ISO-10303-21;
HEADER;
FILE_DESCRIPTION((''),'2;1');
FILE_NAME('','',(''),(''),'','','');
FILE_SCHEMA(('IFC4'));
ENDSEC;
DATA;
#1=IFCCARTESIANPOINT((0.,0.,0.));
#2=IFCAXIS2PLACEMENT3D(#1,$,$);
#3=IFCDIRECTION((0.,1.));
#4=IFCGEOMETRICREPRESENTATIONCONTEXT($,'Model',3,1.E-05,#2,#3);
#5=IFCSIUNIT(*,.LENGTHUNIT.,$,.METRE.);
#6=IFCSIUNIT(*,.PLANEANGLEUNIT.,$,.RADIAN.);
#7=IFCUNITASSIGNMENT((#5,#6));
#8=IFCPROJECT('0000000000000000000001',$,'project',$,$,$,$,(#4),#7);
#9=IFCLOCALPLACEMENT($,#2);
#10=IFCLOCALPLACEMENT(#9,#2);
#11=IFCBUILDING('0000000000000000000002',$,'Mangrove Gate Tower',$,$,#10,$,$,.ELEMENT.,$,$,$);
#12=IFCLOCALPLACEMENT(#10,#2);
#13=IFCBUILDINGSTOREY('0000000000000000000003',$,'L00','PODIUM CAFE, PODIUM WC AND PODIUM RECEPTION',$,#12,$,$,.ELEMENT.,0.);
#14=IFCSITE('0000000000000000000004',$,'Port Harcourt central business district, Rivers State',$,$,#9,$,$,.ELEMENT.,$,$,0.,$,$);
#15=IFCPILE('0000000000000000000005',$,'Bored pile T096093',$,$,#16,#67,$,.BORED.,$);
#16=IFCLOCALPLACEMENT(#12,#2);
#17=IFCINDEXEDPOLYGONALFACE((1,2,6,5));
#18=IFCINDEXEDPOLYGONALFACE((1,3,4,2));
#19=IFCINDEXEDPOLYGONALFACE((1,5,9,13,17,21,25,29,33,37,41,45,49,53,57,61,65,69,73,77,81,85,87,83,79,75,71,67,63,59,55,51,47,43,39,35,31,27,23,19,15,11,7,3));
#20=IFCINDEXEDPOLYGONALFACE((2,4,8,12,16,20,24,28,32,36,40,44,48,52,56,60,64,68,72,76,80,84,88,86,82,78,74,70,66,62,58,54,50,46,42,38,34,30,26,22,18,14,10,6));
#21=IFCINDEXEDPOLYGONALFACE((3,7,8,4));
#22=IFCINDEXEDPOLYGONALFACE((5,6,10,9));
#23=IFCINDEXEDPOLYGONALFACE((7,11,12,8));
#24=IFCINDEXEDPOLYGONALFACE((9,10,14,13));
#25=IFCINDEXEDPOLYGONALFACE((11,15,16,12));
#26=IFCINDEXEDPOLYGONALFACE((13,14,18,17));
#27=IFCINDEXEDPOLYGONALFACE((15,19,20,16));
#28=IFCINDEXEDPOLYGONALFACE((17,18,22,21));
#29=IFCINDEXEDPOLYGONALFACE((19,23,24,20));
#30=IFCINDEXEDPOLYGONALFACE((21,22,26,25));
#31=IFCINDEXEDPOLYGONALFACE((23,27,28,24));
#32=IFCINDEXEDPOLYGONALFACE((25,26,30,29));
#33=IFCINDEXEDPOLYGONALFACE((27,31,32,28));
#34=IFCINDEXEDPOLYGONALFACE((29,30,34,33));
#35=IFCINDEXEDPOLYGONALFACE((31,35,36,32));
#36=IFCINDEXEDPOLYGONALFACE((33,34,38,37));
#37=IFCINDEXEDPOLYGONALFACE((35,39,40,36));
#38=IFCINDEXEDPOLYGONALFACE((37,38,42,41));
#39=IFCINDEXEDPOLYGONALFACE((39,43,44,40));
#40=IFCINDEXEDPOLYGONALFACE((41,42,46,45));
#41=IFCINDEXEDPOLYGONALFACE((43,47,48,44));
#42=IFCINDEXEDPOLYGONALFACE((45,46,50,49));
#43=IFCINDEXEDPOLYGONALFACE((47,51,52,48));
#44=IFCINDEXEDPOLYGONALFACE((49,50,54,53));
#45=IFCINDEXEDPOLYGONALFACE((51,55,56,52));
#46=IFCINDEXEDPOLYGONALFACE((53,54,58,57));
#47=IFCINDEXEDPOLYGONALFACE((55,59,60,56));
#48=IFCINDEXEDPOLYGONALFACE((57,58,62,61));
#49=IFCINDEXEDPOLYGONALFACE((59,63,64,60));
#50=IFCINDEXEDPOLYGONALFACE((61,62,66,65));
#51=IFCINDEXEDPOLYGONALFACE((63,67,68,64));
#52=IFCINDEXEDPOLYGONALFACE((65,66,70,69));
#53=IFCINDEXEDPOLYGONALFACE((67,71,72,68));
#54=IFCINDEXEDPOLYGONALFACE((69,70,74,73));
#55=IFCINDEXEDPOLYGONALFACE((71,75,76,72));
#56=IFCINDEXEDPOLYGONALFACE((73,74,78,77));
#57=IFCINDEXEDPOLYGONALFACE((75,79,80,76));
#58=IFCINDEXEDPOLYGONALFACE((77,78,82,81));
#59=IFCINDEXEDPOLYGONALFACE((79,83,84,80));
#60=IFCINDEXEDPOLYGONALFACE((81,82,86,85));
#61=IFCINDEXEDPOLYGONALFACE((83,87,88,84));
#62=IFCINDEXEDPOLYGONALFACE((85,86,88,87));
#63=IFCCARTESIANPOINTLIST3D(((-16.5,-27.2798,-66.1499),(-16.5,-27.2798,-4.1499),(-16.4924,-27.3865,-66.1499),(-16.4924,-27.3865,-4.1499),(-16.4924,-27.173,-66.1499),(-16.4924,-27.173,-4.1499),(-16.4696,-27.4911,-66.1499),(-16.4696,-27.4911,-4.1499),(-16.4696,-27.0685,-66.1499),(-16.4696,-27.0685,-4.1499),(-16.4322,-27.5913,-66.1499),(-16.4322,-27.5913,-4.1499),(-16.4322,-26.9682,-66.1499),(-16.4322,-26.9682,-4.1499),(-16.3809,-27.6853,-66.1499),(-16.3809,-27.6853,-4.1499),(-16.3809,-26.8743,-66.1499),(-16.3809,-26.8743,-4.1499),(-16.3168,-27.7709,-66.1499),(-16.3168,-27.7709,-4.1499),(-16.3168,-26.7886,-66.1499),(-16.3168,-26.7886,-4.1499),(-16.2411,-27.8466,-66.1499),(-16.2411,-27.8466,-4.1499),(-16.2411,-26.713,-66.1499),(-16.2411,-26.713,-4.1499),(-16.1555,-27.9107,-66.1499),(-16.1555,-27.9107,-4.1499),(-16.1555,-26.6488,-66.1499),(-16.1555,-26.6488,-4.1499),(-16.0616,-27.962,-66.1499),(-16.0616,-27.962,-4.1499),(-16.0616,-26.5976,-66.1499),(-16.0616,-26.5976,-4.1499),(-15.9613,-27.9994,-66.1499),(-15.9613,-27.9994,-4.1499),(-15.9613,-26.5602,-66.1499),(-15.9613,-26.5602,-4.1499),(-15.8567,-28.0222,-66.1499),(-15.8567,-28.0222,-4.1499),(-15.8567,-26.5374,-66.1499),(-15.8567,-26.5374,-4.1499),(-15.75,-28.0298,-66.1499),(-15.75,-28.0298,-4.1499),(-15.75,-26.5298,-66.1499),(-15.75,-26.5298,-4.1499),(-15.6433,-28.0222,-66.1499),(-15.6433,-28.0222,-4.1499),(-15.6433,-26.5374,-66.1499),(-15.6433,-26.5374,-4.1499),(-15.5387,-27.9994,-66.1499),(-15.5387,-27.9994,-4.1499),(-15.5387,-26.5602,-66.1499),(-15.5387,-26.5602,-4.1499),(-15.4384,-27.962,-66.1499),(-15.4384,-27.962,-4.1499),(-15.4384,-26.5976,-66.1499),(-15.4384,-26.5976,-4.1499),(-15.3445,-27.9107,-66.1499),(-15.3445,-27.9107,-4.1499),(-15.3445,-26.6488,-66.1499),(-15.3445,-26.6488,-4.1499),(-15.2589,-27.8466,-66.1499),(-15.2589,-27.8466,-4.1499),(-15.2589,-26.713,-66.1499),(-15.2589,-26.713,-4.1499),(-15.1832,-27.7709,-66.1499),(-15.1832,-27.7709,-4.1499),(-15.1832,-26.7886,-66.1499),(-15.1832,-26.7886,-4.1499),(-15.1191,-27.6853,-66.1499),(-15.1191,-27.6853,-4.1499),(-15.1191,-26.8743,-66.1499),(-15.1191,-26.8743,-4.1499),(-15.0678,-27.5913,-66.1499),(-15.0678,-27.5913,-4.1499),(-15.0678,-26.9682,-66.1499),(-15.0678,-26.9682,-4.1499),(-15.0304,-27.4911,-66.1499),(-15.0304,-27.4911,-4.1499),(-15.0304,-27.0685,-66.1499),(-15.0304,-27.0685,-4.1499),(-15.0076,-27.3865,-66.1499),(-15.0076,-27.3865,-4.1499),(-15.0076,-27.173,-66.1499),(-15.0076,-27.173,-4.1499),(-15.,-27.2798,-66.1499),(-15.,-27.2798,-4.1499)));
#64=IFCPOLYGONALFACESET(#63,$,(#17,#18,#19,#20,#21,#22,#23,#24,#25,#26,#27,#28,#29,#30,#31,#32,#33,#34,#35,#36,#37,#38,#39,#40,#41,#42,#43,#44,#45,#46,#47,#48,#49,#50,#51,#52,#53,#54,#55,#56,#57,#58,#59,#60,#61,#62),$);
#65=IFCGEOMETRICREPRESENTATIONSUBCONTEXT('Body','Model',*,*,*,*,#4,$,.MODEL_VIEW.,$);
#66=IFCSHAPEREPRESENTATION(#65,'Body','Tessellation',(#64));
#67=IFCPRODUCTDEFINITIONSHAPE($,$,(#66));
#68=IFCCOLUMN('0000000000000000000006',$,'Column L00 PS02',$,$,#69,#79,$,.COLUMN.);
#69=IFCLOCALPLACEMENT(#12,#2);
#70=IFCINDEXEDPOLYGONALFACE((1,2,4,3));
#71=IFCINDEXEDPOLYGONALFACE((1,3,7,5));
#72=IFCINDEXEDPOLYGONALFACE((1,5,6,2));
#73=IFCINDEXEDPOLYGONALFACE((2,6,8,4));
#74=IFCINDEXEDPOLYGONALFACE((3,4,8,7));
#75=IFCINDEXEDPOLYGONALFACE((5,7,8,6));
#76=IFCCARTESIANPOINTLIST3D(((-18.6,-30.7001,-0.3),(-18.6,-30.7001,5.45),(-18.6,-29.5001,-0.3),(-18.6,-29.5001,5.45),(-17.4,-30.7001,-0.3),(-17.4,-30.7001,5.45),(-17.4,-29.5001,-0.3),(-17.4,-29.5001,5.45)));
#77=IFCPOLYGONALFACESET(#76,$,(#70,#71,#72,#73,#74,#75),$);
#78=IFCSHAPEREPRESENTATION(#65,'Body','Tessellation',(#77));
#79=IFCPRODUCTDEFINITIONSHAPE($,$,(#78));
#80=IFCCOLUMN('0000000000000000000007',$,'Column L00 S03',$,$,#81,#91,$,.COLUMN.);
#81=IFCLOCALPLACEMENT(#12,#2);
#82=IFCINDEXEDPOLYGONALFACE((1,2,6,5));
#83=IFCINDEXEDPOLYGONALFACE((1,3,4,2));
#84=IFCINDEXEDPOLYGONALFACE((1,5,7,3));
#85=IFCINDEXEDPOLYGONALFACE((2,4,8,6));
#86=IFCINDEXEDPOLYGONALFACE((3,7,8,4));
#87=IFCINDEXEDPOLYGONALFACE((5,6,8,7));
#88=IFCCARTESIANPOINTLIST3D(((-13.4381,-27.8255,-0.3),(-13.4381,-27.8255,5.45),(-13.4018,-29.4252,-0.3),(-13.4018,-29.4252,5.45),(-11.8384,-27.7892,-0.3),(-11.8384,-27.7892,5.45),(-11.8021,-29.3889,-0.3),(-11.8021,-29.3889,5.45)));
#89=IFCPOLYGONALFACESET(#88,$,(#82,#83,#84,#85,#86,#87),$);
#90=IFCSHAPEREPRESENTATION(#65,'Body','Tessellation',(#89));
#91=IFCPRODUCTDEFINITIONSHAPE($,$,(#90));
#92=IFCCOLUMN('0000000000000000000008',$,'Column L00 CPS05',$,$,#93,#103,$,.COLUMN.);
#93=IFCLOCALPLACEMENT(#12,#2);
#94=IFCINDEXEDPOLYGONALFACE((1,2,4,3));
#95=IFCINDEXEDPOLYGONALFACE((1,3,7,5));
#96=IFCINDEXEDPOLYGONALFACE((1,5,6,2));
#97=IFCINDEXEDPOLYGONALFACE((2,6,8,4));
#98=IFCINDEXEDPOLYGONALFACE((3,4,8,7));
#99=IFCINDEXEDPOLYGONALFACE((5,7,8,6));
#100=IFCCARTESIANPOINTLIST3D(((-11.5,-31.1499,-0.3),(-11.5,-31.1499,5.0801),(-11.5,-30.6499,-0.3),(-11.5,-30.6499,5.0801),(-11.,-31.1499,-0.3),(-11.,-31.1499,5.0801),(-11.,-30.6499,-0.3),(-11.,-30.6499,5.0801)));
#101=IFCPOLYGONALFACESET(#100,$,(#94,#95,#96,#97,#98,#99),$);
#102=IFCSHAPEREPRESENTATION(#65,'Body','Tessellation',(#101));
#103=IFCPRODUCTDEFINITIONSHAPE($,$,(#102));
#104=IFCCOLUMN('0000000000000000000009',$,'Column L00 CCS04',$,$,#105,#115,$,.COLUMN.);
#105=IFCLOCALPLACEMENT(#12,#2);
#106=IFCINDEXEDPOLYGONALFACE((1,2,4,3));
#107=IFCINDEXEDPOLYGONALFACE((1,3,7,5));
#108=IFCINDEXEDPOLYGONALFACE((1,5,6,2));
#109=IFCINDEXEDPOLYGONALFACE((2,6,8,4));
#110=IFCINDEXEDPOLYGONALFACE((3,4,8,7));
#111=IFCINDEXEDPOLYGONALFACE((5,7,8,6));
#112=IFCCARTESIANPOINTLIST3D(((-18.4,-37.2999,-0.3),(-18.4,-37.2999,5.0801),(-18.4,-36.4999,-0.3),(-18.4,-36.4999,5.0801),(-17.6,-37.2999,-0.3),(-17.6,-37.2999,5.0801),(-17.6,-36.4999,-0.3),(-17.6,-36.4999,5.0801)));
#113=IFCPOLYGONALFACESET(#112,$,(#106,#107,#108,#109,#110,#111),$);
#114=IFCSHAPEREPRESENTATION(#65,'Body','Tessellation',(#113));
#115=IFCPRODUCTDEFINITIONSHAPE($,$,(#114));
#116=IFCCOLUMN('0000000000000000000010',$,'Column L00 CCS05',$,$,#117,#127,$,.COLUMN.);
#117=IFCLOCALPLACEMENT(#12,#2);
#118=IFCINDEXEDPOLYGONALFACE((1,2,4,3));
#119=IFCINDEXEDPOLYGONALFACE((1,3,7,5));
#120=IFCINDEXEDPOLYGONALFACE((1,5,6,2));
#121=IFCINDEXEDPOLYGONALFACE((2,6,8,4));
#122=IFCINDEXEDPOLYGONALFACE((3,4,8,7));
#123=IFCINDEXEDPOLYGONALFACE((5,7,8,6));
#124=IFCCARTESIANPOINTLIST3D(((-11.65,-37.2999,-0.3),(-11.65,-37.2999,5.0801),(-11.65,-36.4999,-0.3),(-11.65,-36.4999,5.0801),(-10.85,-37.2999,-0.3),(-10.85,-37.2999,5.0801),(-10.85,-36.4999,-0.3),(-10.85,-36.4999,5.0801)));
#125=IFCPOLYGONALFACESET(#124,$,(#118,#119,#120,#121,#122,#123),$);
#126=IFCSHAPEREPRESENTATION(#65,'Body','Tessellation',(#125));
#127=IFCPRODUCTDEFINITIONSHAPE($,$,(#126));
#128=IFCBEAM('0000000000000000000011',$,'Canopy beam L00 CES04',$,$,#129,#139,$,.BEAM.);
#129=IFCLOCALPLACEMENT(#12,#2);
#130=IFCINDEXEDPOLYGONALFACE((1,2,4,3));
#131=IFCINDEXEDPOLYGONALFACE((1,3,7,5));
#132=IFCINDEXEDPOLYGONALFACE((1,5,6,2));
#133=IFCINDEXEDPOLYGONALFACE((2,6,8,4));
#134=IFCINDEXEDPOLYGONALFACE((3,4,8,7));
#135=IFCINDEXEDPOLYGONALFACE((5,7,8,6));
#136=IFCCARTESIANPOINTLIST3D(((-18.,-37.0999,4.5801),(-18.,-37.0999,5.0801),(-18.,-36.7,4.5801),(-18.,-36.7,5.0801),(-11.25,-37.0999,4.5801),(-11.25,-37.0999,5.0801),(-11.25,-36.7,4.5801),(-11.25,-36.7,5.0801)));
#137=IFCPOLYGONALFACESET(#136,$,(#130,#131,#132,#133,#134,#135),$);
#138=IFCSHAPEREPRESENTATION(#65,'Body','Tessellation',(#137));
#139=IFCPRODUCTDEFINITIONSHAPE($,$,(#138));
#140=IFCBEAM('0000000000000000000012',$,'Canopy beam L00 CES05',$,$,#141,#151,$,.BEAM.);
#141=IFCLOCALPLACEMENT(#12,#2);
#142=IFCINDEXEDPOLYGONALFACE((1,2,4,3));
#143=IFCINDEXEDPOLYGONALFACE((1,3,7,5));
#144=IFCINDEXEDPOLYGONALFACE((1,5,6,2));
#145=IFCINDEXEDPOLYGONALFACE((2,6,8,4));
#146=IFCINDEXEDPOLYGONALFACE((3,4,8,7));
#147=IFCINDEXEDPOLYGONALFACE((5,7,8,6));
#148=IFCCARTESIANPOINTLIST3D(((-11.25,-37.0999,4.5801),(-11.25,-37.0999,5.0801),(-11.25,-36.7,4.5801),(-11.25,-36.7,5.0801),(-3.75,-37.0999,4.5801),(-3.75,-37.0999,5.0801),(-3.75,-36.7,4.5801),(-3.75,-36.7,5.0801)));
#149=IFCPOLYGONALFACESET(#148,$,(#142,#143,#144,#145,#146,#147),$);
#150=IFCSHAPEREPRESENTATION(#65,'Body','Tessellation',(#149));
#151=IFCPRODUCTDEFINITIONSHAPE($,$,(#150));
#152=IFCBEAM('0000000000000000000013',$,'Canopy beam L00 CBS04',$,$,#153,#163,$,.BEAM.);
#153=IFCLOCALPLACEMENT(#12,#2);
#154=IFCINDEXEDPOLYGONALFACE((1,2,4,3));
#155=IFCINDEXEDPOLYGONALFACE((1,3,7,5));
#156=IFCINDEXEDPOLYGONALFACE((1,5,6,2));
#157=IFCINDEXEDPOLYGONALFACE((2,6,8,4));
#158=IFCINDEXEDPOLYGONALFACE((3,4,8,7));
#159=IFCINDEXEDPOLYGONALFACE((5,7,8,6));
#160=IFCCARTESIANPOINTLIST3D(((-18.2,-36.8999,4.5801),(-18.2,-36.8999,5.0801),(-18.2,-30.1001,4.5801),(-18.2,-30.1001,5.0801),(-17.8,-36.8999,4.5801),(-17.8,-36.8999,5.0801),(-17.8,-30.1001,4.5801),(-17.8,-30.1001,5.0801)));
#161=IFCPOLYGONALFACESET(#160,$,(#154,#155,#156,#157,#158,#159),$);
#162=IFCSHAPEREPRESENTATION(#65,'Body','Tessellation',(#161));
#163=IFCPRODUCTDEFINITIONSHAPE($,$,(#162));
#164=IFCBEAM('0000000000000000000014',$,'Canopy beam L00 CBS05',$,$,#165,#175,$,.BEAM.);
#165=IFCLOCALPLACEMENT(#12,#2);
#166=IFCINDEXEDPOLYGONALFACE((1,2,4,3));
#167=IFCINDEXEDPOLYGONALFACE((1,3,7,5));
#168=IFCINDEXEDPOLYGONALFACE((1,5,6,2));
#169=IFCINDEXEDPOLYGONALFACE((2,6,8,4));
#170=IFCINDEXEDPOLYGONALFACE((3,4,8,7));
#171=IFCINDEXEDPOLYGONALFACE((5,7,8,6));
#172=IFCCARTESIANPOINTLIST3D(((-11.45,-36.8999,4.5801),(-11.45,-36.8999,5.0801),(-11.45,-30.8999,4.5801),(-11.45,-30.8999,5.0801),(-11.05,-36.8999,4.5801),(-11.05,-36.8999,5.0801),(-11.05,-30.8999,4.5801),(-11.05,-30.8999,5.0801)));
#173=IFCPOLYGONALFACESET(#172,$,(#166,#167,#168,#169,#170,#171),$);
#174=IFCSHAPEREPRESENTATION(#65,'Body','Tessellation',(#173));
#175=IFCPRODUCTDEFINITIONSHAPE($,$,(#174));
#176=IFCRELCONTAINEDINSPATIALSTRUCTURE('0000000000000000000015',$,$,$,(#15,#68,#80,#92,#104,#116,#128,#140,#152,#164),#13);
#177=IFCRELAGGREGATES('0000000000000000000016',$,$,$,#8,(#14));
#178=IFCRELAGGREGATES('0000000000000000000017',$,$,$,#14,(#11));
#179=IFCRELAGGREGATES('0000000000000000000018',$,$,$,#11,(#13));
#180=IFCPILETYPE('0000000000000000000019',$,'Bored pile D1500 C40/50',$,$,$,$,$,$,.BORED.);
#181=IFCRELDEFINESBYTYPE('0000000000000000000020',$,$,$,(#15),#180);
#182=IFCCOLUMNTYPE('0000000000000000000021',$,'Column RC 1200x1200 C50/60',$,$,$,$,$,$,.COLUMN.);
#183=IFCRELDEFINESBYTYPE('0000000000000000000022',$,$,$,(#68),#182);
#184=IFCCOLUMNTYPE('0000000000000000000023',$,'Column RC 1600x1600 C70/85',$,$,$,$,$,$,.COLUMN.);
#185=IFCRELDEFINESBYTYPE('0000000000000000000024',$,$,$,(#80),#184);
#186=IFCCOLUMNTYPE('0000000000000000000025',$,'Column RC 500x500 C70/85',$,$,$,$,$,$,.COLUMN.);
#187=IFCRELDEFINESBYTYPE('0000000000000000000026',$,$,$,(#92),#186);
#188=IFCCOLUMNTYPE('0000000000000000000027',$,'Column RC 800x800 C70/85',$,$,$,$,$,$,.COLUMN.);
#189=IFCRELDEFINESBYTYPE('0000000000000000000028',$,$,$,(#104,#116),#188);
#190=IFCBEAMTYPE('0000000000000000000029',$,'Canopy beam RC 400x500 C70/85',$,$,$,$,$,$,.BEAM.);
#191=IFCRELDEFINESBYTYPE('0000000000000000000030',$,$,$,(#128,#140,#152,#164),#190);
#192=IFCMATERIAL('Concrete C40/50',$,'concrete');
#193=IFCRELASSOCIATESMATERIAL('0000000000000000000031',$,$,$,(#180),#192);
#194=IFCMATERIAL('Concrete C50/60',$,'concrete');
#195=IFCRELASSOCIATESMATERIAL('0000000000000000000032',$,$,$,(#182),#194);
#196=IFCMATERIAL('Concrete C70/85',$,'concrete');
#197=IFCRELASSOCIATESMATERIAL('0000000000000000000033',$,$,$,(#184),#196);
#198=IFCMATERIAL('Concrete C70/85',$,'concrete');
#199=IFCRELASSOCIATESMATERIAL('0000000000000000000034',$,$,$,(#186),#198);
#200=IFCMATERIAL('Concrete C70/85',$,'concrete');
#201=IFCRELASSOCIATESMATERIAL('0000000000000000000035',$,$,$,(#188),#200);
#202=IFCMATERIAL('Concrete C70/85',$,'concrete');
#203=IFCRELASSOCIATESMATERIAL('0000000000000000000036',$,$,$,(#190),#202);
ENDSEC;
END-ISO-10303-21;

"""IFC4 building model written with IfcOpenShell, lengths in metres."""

from ifc_helpers import new_model, si_unit, direction, frame, origin, origin_2d, place, context, subcontext, project, spatial, rectangle, circle, extrude, material, material_profile, profile_set, type_object, element, save


model = new_model("IFC4")

# Units and contexts
model_context = context("Model", 3, precision=1e-05, world=origin(), true_north=direction((0.0, 1.0)))
body_context = subcontext(model_context, "Body", "Model", "MODEL_VIEW")
ifc_project = project(units=[si_unit("LENGTHUNIT", "METRE"), si_unit("PLANEANGLEUNIT", "RADIAN")], contexts=[model_context])

# Site, building, storey
site_placement = place(None, origin())
site = spatial("IfcSite", under=ifc_project, at=site_placement, Name="Port Harcourt central business district, Rivers State", CompositionType="ELEMENT", RefElevation=0.0)
building_placement = place(site_placement, origin())
building = spatial("IfcBuilding", under=site, at=building_placement, Name="Mangrove Gate Tower", CompositionType="ELEMENT")
storey_placement = place(building_placement, origin())
storey = spatial("IfcBuildingStorey", under=building, at=storey_placement, Name="L00", Description="PODIUM CAFE, PODIUM WC AND PODIUM RECEPTION", CompositionType="ELEMENT", Elevation=0.0)

# Pile
ifc_material_1 = material(Name="Concrete C40/50", Category="concrete")
ifc_material_profile_1 = material_profile(ifc_material_1, circle(Radius=0.75, at=origin_2d()))
ifc_profile_set_1 = profile_set([ifc_material_profile_1], Name="Concrete C40/50")
pile_type = type_object("IfcPileType", Name="Bored pile D1500 C40/50", PredefinedType="BORED", material=ifc_profile_set_1)
for number, where, z_axis, x_axis, name in (
    (1, (-15.75, -27.2798, -4.1499), (0.0, 0.0, -1.0), (1.0, 0.0, 0.0), "Bored pile T096093"),
):
    element("IfcPile", number, at=place(storey_placement, frame(where, z_axis=z_axis, x_axis=x_axis)), inside=storey, type_object=pile_type, Name=name, PredefinedType="BORED", context=body_context, shape_type="SweptSolid", body=[
        extrude(circle(Radius=0.75, at=origin_2d()), origin(), (0.0, 0.0, 1.0), 62.0),
    ])

# Columns
ifc_material_2 = material(Name="Concrete C50/60", Category="concrete")
ifc_material_profile_2 = material_profile(ifc_material_2, rectangle(XDim=1.2, YDim=1.2, at=origin_2d()))
ifc_profile_set_2 = profile_set([ifc_material_profile_2], Name="Concrete C50/60")
column_type_1 = type_object("IfcColumnType", Name="Column RC 1200x1200 C50/60", PredefinedType="COLUMN", material=ifc_profile_set_2)
column_1_placement = place(storey_placement, frame((-18.0, -30.1001, -0.3), z_axis=(0.0, 0.0, 1.0), x_axis=(1.0, 0.0, 0.0)))
element("IfcColumn", 2, at=column_1_placement, inside=storey, type_object=column_type_1, Name="Column L00 PS02", PredefinedType="COLUMN", context=body_context, shape_type="SweptSolid", body=[
    extrude(rectangle(XDim=1.2, YDim=1.2, at=origin_2d()), origin(), (0.0, 0.0, 1.0), 5.75),
])
ifc_material_3 = material(Name="Concrete C70/85", Category="concrete")
ifc_material_profile_3 = material_profile(ifc_material_3, rectangle(XDim=1.6001, YDim=1.6001, at=origin_2d()))
ifc_profile_set_3 = profile_set([ifc_material_profile_3], Name="Concrete C70/85")
column_type_2 = type_object("IfcColumnType", Name="Column RC 1600x1600 C70/85", PredefinedType="COLUMN", material=ifc_profile_set_3)
column_2_placement = place(storey_placement, frame((-12.6201, -28.6072, -0.3), z_axis=(0.0, 0.0, 1.0), x_axis=(0.999742, 0.022711, 0.0)))
element("IfcColumn", 3, at=column_2_placement, inside=storey, type_object=column_type_2, Name="Column L00 S03", PredefinedType="COLUMN", context=body_context, shape_type="SweptSolid", body=[
    extrude(rectangle(XDim=1.6001, YDim=1.6001, at=origin_2d()), origin(), (0.0, 0.0, 1.0), 5.75),
])
ifc_material_4 = material(Name="Concrete C70/85", Category="concrete")
ifc_material_profile_4 = material_profile(ifc_material_4, rectangle(XDim=0.5, YDim=0.5, at=origin_2d()))
ifc_profile_set_4 = profile_set([ifc_material_profile_4], Name="Concrete C70/85")
column_type_3 = type_object("IfcColumnType", Name="Column RC 500x500 C70/85", PredefinedType="COLUMN", material=ifc_profile_set_4)
column_3_placement = place(storey_placement, frame((-11.25, -30.8999, -0.3), z_axis=(0.0, 0.0, 1.0), x_axis=(1.0, 0.0, 0.0)))
element("IfcColumn", 4, at=column_3_placement, inside=storey, type_object=column_type_3, Name="Column L00 CPS05", PredefinedType="COLUMN", context=body_context, shape_type="SweptSolid", body=[
    extrude(rectangle(XDim=0.5, YDim=0.5, at=origin_2d()), origin(), (0.0, 0.0, 1.0), 5.3801),
])
ifc_material_5 = material(Name="Concrete C70/85", Category="concrete")
ifc_material_profile_5 = material_profile(ifc_material_5, rectangle(XDim=0.8, YDim=0.8, at=origin_2d()))
ifc_profile_set_5 = profile_set([ifc_material_profile_5], Name="Concrete C70/85")
column_type_4 = type_object("IfcColumnType", Name="Column RC 800x800 C70/85", PredefinedType="COLUMN", material=ifc_profile_set_5)
for number, where, z_axis, x_axis, name in (
    (5, (-18.0, -36.8999, -0.3), (0.0, 0.0, 1.0), (1.0, 0.0, 0.0), "Column L00 CCS04"),
    (6, (-11.25, -36.8999, -0.3), (0.0, 0.0, 1.0), (1.0, 0.0, 0.0), "Column L00 CCS05"),
):
    element("IfcColumn", number, at=place(storey_placement, frame(where, z_axis=z_axis, x_axis=x_axis)), inside=storey, type_object=column_type_4, Name=name, PredefinedType="COLUMN", context=body_context, shape_type="SweptSolid", body=[
        extrude(rectangle(XDim=0.8, YDim=0.8, at=origin_2d()), origin(), (0.0, 0.0, 1.0), 5.3801),
    ])

# Beams
ifc_material_6 = material(Name="Concrete C70/85", Category="concrete")
ifc_material_profile_6 = material_profile(ifc_material_6, rectangle(XDim=0.3999, YDim=0.5, at=origin_2d()))
ifc_profile_set_6 = profile_set([ifc_material_profile_6], Name="Concrete C70/85")
beam_type = type_object("IfcBeamType", Name="Canopy beam RC 400x500 C70/85", PredefinedType="BEAM", material=ifc_profile_set_6)
beam_1_placement = place(storey_placement, frame((-18.0, -36.8999, 4.8301), z_axis=(1.0, 0.0, 0.0), x_axis=(0.0, 1.0, 0.0)))
element("IfcBeam", 7, at=beam_1_placement, inside=storey, type_object=beam_type, Name="Canopy beam L00 CES04", PredefinedType="BEAM", context=body_context, shape_type="SweptSolid", body=[
    extrude(rectangle(XDim=0.3999, YDim=0.5, at=origin_2d()), origin(), (0.0, 0.0, 1.0), 6.75),
])
beam_2_placement = place(storey_placement, frame((-11.25, -36.8999, 4.8301), z_axis=(1.0, 0.0, 0.0), x_axis=(0.0, 1.0, 0.0)))
element("IfcBeam", 8, at=beam_2_placement, inside=storey, type_object=beam_type, Name="Canopy beam L00 CES05", PredefinedType="BEAM", context=body_context, shape_type="SweptSolid", body=[
    extrude(rectangle(XDim=0.3999, YDim=0.5, at=origin_2d()), origin(), (0.0, 0.0, 1.0), 7.5),
])
beam_3_placement = place(storey_placement, frame((-18.0, -30.1001, 4.8301), z_axis=(0.0, -1.0, 0.0), x_axis=(1.0, 0.0, 0.0)))
element("IfcBeam", 9, at=beam_3_placement, inside=storey, type_object=beam_type, Name="Canopy beam L00 CBS04", PredefinedType="BEAM", context=body_context, shape_type="SweptSolid", body=[
    extrude(rectangle(XDim=0.3999, YDim=0.5, at=origin_2d()), origin(), (0.0, 0.0, 1.0), 6.7998),
])
beam_4_placement = place(storey_placement, frame((-11.25, -30.8999, 4.8301), z_axis=(0.0, -1.0, 0.0), x_axis=(1.0, 0.0, 0.0)))
element("IfcBeam", 10, at=beam_4_placement, inside=storey, type_object=beam_type, Name="Canopy beam L00 CBS05", PredefinedType="BEAM", context=body_context, shape_type="SweptSolid", body=[
    extrude(rectangle(XDim=0.3999, YDim=0.5, at=origin_2d()), origin(), (0.0, 0.0, 1.0), 6.0),
])

save(model, "model.ifc")
